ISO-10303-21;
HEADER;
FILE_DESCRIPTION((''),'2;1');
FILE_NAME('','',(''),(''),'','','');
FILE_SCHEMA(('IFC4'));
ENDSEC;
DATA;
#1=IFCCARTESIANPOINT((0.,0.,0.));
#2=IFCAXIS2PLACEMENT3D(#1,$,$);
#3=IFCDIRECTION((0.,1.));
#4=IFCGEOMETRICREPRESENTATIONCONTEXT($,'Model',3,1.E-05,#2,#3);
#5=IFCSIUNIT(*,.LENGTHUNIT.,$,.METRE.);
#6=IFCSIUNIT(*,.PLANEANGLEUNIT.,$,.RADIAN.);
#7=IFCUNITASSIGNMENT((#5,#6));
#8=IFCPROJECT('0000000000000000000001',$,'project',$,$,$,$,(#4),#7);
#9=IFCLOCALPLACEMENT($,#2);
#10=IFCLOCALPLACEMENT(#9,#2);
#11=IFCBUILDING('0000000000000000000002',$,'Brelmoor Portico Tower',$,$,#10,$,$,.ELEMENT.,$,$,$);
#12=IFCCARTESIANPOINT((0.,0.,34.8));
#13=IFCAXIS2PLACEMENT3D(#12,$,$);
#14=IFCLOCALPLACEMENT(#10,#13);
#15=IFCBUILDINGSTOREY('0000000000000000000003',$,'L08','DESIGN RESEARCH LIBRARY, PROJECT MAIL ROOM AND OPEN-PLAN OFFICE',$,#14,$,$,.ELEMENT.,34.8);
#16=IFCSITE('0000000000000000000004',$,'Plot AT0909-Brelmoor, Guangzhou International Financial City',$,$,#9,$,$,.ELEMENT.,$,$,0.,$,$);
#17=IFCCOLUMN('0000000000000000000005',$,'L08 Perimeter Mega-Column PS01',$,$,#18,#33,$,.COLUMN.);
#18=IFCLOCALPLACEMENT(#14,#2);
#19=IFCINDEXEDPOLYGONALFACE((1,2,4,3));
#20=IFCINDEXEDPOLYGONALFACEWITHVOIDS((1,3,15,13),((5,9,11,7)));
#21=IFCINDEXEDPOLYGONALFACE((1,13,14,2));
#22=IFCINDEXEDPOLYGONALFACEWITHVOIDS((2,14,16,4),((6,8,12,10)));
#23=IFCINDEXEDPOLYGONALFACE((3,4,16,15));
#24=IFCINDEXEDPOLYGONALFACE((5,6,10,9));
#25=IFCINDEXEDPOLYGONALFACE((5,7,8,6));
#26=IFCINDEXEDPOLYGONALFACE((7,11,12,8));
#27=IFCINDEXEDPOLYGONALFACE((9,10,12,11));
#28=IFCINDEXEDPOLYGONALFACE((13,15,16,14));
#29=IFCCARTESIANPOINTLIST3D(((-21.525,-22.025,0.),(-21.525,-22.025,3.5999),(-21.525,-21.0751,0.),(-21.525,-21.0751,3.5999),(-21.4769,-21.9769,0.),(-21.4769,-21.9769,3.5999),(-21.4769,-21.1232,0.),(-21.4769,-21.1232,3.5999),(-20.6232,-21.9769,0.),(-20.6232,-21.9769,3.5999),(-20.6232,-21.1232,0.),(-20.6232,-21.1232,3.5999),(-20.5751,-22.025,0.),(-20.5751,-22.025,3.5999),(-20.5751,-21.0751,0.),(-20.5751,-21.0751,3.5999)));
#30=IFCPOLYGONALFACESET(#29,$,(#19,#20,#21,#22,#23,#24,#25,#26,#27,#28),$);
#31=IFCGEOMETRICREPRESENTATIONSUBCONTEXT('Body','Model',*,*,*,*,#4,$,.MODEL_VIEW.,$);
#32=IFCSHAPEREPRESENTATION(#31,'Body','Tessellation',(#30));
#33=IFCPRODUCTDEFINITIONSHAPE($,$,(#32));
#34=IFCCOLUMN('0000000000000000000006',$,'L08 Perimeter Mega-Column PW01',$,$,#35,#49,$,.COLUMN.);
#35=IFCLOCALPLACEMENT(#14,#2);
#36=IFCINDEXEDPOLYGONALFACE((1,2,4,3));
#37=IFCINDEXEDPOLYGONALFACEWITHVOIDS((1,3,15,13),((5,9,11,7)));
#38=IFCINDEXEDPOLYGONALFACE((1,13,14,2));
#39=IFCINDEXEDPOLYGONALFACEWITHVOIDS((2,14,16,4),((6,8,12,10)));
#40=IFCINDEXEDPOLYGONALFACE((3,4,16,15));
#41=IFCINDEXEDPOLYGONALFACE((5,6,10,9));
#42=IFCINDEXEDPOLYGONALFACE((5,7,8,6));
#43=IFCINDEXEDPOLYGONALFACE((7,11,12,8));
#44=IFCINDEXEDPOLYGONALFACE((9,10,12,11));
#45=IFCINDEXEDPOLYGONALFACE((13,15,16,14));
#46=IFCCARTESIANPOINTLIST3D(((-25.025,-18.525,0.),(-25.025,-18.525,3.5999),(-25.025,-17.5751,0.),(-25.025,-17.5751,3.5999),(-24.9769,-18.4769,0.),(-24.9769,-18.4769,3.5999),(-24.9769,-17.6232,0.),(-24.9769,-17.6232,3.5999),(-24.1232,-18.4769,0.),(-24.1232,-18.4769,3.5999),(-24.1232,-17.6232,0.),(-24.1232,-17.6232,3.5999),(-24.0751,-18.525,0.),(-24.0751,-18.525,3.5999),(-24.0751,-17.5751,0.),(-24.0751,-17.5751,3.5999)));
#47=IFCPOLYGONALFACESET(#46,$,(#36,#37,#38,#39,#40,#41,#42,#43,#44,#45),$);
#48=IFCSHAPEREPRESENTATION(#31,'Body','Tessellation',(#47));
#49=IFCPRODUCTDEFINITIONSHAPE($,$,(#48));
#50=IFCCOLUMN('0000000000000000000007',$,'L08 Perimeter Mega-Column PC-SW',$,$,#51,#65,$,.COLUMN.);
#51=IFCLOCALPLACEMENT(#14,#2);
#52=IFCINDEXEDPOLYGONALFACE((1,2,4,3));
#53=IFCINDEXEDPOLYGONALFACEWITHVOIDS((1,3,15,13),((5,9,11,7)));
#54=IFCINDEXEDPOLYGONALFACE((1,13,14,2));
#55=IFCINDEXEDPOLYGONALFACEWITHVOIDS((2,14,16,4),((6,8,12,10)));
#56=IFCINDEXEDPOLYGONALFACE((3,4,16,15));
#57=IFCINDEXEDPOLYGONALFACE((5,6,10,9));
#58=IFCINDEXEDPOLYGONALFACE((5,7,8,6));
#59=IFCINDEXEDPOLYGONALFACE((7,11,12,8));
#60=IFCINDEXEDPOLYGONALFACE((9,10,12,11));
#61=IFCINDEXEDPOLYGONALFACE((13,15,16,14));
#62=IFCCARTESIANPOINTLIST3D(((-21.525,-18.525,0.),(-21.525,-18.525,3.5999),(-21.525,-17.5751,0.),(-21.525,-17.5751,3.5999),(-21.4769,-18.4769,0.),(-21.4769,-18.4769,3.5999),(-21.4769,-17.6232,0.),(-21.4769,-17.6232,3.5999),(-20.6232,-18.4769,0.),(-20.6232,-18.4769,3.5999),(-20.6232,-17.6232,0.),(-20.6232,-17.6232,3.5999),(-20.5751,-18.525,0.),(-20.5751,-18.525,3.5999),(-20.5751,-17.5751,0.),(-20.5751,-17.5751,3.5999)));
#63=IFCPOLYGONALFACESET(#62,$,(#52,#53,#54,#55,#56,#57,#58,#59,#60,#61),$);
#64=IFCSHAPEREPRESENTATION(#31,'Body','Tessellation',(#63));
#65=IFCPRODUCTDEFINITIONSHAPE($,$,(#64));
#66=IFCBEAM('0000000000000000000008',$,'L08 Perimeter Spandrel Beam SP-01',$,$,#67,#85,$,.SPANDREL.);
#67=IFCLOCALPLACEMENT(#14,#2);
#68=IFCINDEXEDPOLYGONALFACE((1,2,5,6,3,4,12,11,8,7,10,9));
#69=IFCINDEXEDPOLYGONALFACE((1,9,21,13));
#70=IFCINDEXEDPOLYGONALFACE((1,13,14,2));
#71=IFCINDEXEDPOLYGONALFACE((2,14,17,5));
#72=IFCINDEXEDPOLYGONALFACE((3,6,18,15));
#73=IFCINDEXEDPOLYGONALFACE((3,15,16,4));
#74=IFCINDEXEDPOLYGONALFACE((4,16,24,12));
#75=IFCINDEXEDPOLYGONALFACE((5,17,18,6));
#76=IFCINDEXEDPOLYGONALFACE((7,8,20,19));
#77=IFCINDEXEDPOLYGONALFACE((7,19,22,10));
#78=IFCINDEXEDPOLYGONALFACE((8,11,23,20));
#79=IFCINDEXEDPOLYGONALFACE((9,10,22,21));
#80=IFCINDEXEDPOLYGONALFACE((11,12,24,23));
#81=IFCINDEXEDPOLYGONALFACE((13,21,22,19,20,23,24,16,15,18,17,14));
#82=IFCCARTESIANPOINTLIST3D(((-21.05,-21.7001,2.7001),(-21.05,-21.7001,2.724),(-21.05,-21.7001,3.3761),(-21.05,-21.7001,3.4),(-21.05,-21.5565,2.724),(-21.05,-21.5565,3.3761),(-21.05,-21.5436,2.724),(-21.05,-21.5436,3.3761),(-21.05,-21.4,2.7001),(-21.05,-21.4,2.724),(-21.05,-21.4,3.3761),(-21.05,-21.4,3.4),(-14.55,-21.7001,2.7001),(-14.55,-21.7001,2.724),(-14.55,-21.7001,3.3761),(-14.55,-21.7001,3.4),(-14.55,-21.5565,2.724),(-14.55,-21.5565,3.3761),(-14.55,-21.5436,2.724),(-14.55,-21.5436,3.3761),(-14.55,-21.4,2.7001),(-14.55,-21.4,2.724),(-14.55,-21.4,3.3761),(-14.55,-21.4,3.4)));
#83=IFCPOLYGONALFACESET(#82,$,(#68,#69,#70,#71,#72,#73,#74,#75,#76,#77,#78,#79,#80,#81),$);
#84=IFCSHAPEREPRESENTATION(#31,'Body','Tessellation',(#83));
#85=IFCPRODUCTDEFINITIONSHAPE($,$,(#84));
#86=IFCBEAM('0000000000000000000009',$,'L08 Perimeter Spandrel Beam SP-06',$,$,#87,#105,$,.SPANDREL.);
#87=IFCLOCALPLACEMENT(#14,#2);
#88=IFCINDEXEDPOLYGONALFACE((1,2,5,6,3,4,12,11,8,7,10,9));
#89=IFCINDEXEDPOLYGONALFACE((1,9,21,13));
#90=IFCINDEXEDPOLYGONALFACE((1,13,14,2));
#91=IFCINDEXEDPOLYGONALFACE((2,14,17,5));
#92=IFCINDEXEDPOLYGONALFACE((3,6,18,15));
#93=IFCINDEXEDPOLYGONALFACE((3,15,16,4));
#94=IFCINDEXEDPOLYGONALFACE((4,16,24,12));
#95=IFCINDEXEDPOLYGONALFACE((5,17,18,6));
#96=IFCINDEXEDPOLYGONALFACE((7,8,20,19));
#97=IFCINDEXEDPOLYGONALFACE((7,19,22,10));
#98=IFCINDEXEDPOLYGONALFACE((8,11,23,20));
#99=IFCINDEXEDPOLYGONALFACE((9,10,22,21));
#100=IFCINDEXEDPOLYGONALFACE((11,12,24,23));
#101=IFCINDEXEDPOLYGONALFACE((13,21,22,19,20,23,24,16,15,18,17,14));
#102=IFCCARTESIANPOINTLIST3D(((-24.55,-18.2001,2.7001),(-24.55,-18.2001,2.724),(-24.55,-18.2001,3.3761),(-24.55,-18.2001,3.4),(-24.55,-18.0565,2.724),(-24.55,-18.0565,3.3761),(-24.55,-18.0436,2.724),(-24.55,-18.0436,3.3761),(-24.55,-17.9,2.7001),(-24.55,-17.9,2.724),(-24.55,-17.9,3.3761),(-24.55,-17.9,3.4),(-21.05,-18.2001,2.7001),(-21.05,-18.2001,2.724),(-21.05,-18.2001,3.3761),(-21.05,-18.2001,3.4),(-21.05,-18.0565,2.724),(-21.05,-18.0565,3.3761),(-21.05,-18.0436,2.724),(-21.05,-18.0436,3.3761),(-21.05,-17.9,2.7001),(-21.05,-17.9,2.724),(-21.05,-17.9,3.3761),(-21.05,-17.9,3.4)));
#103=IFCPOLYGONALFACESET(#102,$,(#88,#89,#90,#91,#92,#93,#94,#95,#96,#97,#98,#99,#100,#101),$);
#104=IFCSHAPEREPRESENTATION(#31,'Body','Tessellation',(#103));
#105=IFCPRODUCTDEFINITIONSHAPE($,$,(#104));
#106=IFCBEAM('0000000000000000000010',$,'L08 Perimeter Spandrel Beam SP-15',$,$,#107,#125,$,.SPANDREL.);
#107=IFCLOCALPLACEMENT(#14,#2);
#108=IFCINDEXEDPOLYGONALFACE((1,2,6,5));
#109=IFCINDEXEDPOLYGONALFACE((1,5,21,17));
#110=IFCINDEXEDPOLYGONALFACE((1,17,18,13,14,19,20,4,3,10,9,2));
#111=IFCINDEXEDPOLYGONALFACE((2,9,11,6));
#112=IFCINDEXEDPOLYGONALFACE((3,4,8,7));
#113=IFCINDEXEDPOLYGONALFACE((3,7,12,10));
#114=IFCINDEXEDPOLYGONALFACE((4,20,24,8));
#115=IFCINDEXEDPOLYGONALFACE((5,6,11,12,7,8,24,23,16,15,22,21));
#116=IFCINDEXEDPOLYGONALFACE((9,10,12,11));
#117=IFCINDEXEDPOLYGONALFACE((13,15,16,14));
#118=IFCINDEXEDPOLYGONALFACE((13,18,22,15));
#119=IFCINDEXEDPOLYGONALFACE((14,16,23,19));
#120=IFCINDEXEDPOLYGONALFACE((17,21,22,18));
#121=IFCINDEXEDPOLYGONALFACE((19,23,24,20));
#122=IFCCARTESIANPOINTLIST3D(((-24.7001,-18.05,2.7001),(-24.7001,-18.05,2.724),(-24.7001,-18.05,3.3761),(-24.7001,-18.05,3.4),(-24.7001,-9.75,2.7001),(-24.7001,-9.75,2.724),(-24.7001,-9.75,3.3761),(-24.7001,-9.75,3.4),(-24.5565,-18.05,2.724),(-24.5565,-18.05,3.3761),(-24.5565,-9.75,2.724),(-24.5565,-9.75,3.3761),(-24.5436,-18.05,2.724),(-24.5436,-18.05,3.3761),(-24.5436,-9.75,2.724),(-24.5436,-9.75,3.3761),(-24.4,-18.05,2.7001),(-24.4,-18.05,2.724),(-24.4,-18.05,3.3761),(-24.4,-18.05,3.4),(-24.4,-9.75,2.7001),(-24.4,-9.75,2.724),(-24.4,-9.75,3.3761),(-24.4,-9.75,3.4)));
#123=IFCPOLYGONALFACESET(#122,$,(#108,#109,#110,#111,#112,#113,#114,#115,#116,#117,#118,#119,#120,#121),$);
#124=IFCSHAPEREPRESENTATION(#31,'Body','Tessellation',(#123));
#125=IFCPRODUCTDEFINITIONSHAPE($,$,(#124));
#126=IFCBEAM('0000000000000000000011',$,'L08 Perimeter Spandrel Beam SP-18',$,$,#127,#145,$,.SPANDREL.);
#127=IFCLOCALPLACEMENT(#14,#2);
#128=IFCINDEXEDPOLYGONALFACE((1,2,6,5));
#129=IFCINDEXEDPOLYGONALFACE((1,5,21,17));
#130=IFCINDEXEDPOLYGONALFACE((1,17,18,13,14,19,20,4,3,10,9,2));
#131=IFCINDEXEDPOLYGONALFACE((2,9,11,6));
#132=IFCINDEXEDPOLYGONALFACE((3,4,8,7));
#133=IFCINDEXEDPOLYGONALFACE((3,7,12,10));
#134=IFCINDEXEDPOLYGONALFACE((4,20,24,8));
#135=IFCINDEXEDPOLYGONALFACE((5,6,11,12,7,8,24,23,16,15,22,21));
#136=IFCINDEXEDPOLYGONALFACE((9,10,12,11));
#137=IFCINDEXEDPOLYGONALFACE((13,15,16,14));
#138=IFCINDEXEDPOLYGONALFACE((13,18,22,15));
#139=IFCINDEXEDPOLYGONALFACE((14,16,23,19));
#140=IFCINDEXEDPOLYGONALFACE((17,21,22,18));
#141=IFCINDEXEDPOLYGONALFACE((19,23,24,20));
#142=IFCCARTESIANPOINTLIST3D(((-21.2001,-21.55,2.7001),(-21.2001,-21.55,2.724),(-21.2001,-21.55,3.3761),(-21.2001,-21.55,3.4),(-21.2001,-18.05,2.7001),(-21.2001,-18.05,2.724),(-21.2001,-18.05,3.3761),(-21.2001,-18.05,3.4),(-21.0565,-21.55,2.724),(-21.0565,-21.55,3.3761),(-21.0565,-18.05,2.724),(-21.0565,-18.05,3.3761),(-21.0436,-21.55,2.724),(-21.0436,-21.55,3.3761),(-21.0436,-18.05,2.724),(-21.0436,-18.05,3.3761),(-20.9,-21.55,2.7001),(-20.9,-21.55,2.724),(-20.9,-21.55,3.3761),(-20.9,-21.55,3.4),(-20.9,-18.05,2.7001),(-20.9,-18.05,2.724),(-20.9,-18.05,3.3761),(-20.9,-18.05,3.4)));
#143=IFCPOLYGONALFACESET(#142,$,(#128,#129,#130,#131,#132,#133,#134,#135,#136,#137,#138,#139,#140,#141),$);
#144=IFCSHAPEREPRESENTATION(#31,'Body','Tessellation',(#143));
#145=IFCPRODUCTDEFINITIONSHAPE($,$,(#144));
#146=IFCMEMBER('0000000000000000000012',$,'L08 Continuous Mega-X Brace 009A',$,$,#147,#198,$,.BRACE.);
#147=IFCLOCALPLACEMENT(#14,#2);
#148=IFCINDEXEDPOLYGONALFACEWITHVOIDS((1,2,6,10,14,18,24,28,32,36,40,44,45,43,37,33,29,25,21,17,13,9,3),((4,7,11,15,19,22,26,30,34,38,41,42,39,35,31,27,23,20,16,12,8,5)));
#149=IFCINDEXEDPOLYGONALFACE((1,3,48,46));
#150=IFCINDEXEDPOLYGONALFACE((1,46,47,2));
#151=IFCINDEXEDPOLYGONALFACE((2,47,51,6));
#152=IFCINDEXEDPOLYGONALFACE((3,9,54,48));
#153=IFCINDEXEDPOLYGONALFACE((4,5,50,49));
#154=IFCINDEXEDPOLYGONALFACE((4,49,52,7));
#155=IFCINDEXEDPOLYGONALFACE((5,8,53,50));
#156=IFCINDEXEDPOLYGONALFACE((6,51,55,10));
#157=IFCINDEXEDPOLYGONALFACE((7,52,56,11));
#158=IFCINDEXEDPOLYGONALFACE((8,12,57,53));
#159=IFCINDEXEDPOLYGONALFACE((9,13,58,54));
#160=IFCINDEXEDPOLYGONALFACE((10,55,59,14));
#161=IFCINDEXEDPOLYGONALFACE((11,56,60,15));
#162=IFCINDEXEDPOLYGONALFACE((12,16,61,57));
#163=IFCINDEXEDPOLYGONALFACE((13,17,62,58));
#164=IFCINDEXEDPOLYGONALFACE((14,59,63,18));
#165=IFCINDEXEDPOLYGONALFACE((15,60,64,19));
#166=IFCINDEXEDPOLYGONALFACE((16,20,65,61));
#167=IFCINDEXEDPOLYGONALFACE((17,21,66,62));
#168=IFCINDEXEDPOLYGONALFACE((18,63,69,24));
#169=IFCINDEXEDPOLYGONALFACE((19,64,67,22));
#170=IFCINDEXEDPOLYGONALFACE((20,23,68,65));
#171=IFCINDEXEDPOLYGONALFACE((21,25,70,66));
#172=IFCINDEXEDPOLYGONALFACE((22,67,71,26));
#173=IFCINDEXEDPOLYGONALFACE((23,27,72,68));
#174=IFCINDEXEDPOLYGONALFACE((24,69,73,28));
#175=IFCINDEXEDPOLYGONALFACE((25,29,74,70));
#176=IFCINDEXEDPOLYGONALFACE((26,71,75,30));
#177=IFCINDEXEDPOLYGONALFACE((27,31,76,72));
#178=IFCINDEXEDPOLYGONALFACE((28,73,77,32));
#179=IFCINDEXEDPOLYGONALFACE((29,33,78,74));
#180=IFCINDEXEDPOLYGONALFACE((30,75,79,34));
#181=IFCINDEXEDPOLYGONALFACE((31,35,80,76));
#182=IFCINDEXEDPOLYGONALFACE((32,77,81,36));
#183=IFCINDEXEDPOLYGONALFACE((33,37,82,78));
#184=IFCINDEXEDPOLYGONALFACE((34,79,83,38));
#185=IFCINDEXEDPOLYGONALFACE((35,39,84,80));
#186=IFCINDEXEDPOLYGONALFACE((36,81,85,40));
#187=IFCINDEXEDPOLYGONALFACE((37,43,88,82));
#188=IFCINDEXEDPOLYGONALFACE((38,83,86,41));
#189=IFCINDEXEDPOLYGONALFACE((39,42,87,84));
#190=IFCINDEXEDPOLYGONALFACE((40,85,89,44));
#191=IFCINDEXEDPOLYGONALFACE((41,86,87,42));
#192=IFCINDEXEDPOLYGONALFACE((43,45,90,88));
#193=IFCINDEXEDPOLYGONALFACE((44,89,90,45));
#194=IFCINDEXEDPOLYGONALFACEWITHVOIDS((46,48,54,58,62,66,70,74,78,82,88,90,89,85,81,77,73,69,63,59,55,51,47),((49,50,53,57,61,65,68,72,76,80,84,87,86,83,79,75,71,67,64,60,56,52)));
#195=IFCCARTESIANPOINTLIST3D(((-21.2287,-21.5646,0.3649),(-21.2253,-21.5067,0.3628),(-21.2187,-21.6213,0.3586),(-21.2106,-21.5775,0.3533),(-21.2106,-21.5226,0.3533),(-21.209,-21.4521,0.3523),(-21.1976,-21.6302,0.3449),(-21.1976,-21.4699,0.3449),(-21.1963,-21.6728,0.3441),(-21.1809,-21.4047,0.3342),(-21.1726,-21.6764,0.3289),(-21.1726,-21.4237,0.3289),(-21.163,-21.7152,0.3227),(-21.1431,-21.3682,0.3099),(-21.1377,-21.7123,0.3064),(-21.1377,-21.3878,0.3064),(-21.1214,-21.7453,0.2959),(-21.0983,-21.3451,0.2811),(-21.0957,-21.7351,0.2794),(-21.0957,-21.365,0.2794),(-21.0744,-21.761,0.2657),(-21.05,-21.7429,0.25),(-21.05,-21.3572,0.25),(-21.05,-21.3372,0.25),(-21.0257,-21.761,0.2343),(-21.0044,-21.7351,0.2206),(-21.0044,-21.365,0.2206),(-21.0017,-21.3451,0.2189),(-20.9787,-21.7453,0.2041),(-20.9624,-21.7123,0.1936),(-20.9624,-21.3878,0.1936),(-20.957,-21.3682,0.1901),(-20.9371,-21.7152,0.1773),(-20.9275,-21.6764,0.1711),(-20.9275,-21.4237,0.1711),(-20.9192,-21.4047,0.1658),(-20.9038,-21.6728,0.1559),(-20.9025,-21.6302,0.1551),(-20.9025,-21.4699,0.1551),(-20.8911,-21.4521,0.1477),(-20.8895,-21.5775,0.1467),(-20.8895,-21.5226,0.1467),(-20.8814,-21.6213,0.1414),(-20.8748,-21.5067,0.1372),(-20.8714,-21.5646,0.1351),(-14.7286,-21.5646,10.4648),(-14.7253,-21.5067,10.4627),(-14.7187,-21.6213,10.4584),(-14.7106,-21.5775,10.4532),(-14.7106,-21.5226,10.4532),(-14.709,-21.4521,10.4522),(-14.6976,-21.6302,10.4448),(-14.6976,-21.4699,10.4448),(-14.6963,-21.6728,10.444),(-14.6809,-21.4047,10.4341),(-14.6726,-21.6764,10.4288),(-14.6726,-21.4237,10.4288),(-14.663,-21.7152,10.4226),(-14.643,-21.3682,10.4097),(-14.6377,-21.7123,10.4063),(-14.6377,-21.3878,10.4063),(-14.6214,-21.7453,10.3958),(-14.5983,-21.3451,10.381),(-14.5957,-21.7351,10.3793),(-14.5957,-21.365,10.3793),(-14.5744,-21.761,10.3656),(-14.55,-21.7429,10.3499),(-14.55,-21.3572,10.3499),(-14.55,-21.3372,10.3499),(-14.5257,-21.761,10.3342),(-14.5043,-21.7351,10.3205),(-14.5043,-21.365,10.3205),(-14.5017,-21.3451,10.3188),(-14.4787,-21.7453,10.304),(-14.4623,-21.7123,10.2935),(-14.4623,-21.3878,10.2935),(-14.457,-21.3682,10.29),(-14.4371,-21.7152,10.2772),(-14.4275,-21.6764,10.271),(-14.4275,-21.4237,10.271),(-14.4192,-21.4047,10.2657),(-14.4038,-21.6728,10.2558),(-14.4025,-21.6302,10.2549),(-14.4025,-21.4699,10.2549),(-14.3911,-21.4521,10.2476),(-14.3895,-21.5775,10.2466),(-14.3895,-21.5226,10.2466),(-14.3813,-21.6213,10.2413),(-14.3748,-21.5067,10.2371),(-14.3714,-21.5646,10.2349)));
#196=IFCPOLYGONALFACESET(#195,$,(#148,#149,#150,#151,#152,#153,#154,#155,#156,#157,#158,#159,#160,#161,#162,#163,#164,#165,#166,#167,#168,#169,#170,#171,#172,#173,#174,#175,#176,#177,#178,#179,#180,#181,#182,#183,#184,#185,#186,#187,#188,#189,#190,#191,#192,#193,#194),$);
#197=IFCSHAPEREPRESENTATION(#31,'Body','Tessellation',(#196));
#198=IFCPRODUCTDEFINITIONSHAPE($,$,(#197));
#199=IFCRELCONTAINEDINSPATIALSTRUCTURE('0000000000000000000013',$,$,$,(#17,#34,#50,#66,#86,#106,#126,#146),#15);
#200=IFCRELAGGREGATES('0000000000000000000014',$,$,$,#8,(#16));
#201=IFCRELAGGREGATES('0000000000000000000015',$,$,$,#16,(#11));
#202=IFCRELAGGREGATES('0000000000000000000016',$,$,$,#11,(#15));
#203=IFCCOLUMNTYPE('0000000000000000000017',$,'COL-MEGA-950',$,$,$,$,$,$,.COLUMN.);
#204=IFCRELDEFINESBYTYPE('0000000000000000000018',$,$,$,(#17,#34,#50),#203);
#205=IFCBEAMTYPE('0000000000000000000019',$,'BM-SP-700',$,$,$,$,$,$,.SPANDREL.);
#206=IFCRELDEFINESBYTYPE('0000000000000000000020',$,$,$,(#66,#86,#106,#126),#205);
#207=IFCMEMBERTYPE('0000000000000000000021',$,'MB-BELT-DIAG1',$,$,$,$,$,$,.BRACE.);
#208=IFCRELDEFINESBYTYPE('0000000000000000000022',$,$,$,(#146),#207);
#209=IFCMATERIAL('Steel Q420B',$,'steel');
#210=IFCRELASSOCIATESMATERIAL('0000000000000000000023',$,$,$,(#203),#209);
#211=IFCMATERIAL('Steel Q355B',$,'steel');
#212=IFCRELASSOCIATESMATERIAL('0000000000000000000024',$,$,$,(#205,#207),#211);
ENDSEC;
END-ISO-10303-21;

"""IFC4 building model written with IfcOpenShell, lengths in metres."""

from ifc_helpers import new_model, si_unit, direction, frame, origin, origin_2d, place, context, subcontext, project, spatial, hollow_rectangle, hollow_circle, i_section, extrude, material, material_profile, profile_set, type_object, element, save


model = new_model("IFC4")

# Units and contexts
model_context = context("Model", 3, precision=1e-05, world=origin(), true_north=direction((0.0, 1.0)))
body_context = subcontext(model_context, "Body", "Model", "MODEL_VIEW")
ifc_project = project(units=[si_unit("LENGTHUNIT", "METRE"), si_unit("PLANEANGLEUNIT", "RADIAN")], contexts=[model_context])

# Site, building, storey
site_placement = place(None, origin())
site = spatial("IfcSite", under=ifc_project, at=site_placement, Name="Plot AT0909-Brelmoor, Guangzhou International Financial City", CompositionType="ELEMENT", RefElevation=0.0)
building_placement = place(site_placement, origin())
building = spatial("IfcBuilding", under=site, at=building_placement, Name="Brelmoor Portico Tower", CompositionType="ELEMENT")
storey_placement = place(building_placement, frame((0.0, 0.0, 34.8)))
storey = spatial("IfcBuildingStorey", under=building, at=storey_placement, Name="L08", Description="DESIGN RESEARCH LIBRARY, PROJECT MAIL ROOM AND OPEN-PLAN OFFICE", CompositionType="ELEMENT", Elevation=34.8)

# Columns
ifc_material_1 = material(Name="Steel Q420B", Category="steel")
ifc_material_profile_1 = material_profile(ifc_material_1, hollow_rectangle(XDim=0.95, YDim=0.95, WallThickness=0.0481, at=origin_2d()), Name="BOX 950x950x48")
ifc_profile_set_1 = profile_set([ifc_material_profile_1], Name="Steel Q420B")
column_type = type_object("IfcColumnType", Name="COL-MEGA-950", PredefinedType="COLUMN", material=ifc_profile_set_1)
for number, where, z_axis, x_axis, name in (
    (1, (-21.05, -21.55, 0.0), (0.0, 0.0, 1.0), (1.0, 0.0, 0.0), "L08 Perimeter Mega-Column PS01"),
    (2, (-24.55, -18.05, 0.0), (0.0, 0.0, 1.0), (0.0, 1.0, 0.0), "L08 Perimeter Mega-Column PW01"),
    (3, (-21.05, -18.05, 0.0), (0.0, 0.0, 1.0), (1.0, 0.0, 0.0), "L08 Perimeter Mega-Column PC-SW"),
):
    element("IfcColumn", number, at=place(storey_placement, frame(where, z_axis=z_axis, x_axis=x_axis)), inside=storey, type_object=column_type, Name=name, PredefinedType="COLUMN", context=body_context, shape_type="SweptSolid", body=[
        extrude(hollow_rectangle(XDim=0.95, YDim=0.95, WallThickness=0.0481, at=origin_2d()), origin(), (0.0, 0.0, 1.0), 3.5999),
    ])

# Beams
ifc_material_2 = material(Name="Steel Q355B", Category="steel")
ifc_material_profile_2 = material_profile(ifc_material_2, i_section(OverallWidth=0.3, OverallDepth=0.7, WebThickness=0.0129, FlangeThickness=0.0239, at=origin_2d()), Name="HN 700x300x13x24")
ifc_profile_set_2 = profile_set([ifc_material_profile_2], Name="Steel Q355B")
beam_type = type_object("IfcBeamType", Name="BM-SP-700", PredefinedType="SPANDREL", material=ifc_profile_set_2)
beam_1_placement = place(storey_placement, frame((-21.05, -21.55, 3.05), z_axis=(1.0, 0.0, 0.0), x_axis=(0.0, 1.0, 0.0)))
element("IfcBeam", 4, at=beam_1_placement, inside=storey, type_object=beam_type, Name="L08 Perimeter Spandrel Beam SP-01", PredefinedType="SPANDREL", context=body_context, shape_type="SweptSolid", body=[
    extrude(i_section(OverallWidth=0.3, OverallDepth=0.7, WebThickness=0.0129, FlangeThickness=0.0239, at=origin_2d()), origin(), (0.0, 0.0, 1.0), 6.5),
])
beam_2_placement = place(storey_placement, frame((-24.55, -18.05, 3.05), z_axis=(1.0, 0.0, 0.0), x_axis=(0.0, 1.0, 0.0)))
element("IfcBeam", 5, at=beam_2_placement, inside=storey, type_object=beam_type, Name="L08 Perimeter Spandrel Beam SP-06", PredefinedType="SPANDREL", context=body_context, shape_type="SweptSolid", body=[
    extrude(i_section(OverallWidth=0.3, OverallDepth=0.7, WebThickness=0.0129, FlangeThickness=0.0239, at=origin_2d()), origin(), (0.0, 0.0, 1.0), 3.5),
])
beam_3_placement = place(storey_placement, frame((-24.55, -18.05, 3.05), z_axis=(0.0, 1.0, 0.0), x_axis=(-1.0, 0.0, 0.0)))
element("IfcBeam", 6, at=beam_3_placement, inside=storey, type_object=beam_type, Name="L08 Perimeter Spandrel Beam SP-15", PredefinedType="SPANDREL", context=body_context, shape_type="SweptSolid", body=[
    extrude(i_section(OverallWidth=0.3, OverallDepth=0.7, WebThickness=0.0129, FlangeThickness=0.0239, at=origin_2d()), origin(), (0.0, 0.0, 1.0), 8.3),
])
beam_4_placement = place(storey_placement, frame((-21.05, -21.55, 3.05), z_axis=(0.0, 1.0, 0.0), x_axis=(-1.0, 0.0, 0.0)))
element("IfcBeam", 7, at=beam_4_placement, inside=storey, type_object=beam_type, Name="L08 Perimeter Spandrel Beam SP-18", PredefinedType="SPANDREL", context=body_context, shape_type="SweptSolid", body=[
    extrude(i_section(OverallWidth=0.3, OverallDepth=0.7, WebThickness=0.0129, FlangeThickness=0.0239, at=origin_2d()), origin(), (0.0, 0.0, 1.0), 3.5),
])

# Member
ifc_material_profile_3 = material_profile(ifc_material_2, hollow_circle(Radius=0.2129, WallThickness=0.02, at=origin_2d()), Name="CHS 426x20")
ifc_profile_set_3 = profile_set([ifc_material_profile_3], Name="Steel Q355B")
member_type_1 = type_object("IfcMemberType", Name="MB-BELT-DIAG1", PredefinedType="BRACE", material=ifc_profile_set_3)
member_1_placement = place(storey_placement, frame((-21.05, -21.55, 0.25), z_axis=(0.541184, 0.0, 0.840904), x_axis=(0.0, 1.0, 0.0)))
element("IfcMember", 8, at=member_1_placement, inside=storey, type_object=member_type_1, Name="L08 Continuous Mega-X Brace 009A", PredefinedType="BRACE", context=body_context, shape_type="SweptSolid", body=[
    extrude(hollow_circle(Radius=0.2129, WallThickness=0.02, at=origin_2d()), origin(), (0.0, 0.0, 1.0), 12.0107),
])

save(model, "model.ifc")
